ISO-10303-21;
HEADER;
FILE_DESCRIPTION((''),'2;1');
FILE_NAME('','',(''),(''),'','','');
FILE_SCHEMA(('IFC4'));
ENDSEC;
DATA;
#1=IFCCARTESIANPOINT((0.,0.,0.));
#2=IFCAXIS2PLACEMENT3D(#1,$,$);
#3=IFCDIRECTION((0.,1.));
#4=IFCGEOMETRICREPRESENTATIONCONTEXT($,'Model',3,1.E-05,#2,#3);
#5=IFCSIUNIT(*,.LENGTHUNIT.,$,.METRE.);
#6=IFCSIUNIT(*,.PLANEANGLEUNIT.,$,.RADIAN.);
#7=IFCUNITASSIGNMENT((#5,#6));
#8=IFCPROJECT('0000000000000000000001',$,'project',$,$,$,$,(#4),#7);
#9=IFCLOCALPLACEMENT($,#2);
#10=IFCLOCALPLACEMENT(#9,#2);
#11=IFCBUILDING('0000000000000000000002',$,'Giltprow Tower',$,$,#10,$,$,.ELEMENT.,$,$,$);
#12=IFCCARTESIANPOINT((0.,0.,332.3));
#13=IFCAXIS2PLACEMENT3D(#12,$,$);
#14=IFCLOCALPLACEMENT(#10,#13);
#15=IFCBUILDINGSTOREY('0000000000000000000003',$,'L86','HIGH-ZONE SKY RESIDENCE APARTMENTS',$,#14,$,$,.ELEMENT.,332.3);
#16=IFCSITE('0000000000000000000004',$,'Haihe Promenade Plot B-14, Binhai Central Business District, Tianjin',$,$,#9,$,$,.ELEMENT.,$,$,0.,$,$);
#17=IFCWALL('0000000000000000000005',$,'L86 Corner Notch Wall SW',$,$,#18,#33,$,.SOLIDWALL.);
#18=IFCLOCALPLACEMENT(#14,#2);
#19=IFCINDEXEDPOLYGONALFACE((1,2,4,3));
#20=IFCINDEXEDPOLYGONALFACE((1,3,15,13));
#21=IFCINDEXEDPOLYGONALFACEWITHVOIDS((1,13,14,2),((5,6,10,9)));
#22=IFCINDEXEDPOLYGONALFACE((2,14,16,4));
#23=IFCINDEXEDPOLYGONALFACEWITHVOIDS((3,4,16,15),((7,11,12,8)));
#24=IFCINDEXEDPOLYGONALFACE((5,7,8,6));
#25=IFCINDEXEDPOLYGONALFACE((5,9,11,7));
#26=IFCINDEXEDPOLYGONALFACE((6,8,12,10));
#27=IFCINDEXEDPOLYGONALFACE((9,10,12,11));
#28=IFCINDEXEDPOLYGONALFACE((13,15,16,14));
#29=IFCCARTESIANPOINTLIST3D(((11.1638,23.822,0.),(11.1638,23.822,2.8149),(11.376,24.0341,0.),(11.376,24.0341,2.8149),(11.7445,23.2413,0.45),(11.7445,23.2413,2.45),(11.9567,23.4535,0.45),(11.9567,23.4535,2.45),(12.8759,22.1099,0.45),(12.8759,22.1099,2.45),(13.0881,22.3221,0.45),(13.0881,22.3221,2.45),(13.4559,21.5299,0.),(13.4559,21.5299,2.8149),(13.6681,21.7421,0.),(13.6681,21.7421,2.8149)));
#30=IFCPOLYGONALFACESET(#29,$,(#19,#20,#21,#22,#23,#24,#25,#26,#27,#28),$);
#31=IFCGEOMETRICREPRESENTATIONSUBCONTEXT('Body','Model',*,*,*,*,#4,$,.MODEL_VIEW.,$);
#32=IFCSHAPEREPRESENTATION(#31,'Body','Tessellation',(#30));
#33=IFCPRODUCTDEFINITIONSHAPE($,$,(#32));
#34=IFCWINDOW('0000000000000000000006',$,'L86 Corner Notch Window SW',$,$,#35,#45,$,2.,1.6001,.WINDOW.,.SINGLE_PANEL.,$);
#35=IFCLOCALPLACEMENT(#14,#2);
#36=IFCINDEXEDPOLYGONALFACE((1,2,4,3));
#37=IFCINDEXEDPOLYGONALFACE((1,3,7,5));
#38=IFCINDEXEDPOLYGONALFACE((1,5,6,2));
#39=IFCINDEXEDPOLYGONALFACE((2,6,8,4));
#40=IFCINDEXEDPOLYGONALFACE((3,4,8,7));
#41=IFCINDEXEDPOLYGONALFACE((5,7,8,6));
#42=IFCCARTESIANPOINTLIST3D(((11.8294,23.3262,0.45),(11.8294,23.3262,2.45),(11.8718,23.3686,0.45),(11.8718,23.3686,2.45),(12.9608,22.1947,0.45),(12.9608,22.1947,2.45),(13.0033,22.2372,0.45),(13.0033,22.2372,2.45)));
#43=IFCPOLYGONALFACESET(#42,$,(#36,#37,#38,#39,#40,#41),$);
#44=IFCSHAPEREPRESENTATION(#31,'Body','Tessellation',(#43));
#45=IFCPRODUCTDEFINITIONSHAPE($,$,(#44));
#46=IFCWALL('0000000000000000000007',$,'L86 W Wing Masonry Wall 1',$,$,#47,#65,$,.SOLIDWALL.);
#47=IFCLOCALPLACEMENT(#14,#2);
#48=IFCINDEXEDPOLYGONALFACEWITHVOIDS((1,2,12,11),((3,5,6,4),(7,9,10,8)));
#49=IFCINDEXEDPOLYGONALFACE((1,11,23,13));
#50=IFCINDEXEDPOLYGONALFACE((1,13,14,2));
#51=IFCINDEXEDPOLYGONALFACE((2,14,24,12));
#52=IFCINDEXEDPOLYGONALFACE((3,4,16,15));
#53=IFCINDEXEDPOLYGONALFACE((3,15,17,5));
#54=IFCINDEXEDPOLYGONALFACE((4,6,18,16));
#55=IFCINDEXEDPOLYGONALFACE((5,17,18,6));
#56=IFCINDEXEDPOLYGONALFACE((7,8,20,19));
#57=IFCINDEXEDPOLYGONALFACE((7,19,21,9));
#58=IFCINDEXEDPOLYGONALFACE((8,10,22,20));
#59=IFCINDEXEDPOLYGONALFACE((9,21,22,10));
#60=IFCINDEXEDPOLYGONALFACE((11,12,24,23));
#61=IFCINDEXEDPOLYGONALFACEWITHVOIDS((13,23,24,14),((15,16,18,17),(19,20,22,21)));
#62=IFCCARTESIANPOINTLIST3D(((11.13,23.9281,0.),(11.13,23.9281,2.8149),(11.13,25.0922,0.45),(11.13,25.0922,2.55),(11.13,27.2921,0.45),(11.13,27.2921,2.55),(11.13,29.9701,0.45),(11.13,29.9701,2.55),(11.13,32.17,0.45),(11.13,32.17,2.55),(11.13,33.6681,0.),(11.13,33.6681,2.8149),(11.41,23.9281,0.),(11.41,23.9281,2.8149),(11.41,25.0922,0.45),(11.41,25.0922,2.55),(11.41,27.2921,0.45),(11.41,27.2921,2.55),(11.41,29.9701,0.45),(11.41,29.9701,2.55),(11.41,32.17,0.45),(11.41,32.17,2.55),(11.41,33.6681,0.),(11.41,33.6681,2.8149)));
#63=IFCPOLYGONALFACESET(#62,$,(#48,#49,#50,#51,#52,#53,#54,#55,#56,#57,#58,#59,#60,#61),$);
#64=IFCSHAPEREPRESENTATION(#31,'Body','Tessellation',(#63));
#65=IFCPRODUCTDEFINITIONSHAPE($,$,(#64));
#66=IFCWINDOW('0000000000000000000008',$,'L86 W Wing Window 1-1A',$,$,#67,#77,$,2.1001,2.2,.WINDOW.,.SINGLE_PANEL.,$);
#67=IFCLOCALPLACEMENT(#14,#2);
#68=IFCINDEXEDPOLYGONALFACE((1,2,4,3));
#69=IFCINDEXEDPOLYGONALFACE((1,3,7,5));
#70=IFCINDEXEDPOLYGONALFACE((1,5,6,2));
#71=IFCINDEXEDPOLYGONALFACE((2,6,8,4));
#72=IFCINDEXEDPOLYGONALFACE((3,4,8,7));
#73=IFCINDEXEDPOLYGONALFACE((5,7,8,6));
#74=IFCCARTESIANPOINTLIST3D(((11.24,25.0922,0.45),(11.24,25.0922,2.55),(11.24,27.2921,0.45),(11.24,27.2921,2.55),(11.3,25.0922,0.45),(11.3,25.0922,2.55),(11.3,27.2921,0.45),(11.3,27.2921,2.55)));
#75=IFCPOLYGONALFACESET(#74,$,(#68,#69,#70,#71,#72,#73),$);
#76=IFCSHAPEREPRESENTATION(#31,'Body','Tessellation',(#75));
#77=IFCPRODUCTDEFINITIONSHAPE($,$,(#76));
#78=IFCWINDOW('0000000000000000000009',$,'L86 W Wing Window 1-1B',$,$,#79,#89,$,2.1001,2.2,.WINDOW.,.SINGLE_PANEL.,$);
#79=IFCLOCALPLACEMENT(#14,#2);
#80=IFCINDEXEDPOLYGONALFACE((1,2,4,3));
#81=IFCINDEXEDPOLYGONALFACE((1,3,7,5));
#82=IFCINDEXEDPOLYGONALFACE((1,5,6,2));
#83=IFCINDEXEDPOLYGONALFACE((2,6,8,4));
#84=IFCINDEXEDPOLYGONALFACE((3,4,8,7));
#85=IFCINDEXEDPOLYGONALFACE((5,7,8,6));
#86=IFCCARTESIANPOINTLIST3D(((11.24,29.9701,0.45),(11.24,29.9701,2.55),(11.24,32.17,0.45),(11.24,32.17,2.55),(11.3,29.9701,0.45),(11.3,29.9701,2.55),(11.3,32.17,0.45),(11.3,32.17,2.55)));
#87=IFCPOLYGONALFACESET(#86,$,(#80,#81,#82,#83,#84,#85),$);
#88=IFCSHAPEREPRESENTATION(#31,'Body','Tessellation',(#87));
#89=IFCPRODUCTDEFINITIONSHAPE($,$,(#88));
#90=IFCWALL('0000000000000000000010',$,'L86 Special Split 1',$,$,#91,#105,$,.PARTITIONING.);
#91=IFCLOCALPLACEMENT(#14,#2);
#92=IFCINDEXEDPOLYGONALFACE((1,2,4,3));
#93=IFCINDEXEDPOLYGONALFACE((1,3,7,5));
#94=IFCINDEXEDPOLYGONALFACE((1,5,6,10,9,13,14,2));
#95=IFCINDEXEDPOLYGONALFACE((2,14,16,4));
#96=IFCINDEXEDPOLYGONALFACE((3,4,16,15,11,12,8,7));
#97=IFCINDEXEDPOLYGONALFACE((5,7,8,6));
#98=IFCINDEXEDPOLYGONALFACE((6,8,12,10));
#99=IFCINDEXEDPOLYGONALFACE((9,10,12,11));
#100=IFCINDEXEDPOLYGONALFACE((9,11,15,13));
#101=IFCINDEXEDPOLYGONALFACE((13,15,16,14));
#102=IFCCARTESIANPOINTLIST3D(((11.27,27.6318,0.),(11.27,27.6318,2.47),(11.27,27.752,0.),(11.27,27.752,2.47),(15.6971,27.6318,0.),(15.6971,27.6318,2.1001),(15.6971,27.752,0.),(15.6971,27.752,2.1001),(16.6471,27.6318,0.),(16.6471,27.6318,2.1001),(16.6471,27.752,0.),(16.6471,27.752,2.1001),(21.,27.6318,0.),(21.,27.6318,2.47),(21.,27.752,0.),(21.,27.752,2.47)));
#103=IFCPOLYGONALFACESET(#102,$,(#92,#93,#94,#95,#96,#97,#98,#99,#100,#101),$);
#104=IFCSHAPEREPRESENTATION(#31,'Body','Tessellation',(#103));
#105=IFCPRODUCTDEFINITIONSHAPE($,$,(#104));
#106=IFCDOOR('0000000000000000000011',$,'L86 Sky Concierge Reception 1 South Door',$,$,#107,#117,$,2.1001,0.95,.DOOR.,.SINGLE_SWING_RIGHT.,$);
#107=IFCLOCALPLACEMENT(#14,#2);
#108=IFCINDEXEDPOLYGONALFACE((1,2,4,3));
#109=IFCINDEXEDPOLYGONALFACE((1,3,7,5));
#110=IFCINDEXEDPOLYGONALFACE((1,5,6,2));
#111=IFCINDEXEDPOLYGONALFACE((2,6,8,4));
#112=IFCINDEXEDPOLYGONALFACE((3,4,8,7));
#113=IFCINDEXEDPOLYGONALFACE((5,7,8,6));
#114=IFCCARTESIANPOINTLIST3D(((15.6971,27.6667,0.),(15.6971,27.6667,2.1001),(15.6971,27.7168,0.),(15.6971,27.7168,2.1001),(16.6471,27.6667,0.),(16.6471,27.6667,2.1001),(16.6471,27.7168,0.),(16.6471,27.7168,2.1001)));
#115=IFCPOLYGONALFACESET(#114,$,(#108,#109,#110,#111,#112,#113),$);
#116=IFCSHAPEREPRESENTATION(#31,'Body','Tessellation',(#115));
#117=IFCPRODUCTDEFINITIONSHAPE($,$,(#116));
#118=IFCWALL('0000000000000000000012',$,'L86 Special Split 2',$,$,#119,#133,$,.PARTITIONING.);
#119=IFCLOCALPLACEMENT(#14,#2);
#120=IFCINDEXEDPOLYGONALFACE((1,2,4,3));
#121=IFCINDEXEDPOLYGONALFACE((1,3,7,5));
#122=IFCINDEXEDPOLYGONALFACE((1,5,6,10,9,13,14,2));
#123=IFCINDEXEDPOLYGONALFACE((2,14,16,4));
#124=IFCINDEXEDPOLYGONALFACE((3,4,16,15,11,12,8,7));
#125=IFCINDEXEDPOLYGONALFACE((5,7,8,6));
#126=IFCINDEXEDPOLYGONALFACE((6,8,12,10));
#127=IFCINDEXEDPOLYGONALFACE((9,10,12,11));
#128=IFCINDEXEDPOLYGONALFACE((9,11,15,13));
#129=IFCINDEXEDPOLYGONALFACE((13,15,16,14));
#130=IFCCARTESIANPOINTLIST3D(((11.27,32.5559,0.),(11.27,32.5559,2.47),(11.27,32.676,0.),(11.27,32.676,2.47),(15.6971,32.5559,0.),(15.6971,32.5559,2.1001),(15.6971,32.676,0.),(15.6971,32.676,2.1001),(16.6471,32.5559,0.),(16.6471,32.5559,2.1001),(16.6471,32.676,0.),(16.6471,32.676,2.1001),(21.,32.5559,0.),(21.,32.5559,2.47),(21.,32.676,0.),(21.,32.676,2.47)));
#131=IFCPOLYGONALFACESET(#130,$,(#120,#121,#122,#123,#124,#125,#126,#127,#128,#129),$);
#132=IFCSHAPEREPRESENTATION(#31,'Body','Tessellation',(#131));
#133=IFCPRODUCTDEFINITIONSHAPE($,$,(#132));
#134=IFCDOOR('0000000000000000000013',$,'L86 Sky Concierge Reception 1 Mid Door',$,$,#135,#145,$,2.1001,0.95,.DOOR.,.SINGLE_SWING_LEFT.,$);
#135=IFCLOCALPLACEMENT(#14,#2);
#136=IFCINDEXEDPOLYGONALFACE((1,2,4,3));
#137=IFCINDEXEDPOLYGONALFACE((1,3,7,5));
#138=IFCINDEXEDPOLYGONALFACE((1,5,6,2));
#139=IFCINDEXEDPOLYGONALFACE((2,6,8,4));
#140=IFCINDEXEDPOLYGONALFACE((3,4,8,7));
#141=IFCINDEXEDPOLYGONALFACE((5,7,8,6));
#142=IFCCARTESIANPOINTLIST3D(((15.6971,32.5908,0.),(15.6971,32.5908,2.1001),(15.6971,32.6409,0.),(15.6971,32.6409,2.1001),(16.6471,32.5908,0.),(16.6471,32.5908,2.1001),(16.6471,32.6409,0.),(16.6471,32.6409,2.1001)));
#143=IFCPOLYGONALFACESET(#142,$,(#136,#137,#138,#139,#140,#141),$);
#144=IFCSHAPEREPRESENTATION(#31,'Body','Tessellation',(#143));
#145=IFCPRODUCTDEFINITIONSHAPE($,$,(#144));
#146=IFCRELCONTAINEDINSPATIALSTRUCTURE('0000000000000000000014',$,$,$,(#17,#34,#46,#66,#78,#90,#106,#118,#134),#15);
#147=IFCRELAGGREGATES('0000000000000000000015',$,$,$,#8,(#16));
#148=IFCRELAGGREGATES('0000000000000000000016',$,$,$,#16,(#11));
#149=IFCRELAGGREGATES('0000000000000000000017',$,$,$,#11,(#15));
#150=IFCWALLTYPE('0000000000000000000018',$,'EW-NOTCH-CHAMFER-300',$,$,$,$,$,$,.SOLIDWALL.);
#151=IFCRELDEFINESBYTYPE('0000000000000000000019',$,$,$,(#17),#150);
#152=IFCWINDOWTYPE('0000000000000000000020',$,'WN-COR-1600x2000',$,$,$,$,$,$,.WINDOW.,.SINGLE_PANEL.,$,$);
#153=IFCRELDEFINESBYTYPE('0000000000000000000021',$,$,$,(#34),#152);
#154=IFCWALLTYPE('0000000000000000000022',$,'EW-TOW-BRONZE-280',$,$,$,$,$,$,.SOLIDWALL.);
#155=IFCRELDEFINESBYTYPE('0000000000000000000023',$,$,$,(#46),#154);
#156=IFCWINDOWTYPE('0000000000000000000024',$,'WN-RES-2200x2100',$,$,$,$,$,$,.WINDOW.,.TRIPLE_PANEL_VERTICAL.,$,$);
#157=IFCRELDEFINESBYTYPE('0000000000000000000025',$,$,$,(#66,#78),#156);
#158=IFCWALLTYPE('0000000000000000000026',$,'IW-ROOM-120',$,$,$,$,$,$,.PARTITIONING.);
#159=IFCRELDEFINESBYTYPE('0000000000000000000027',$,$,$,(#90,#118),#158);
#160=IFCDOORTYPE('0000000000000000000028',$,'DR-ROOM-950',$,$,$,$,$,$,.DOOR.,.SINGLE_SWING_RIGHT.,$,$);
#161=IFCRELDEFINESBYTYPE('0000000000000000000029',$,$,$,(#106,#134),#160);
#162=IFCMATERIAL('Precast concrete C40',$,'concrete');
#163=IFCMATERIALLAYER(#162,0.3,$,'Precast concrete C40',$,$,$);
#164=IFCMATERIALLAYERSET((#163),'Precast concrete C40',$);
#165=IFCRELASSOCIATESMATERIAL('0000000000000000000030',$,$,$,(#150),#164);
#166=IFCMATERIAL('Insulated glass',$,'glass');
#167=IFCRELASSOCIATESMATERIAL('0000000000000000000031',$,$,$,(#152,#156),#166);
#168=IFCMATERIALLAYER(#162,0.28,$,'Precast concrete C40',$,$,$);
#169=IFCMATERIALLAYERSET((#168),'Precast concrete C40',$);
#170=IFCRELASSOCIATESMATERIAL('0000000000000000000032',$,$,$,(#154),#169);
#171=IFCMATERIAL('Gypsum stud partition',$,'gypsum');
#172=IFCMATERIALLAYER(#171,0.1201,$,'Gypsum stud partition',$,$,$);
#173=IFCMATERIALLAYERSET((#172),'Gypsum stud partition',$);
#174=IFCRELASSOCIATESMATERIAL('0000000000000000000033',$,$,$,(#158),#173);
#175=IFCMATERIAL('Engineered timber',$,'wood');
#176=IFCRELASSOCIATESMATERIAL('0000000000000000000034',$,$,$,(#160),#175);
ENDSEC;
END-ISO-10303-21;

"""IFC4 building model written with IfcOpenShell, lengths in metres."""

from ifc_helpers import new_model, si_unit, direction, frame, frame_2d, origin, place, context, subcontext, project, spatial, rectangle, extrude, source, transform, mapped, material, layer, layer_set, type_object, element, fill, save


model = new_model("IFC4")

# Units and contexts
model_context = context("Model", 3, precision=1e-05, world=origin(), true_north=direction((0.0, 1.0)))
body_context = subcontext(model_context, "Body", "Model", "MODEL_VIEW")
ifc_project = project(units=[si_unit("LENGTHUNIT", "METRE"), si_unit("PLANEANGLEUNIT", "RADIAN")], contexts=[model_context])

# Site, building, storey
site_placement = place(None, origin())
site = spatial("IfcSite", under=ifc_project, at=site_placement, Name="Haihe Promenade Plot B-14, Binhai Central Business District, Tianjin", CompositionType="ELEMENT", RefElevation=0.0)
building_placement = place(site_placement, origin())
building = spatial("IfcBuilding", under=site, at=building_placement, Name="Giltprow Tower", CompositionType="ELEMENT")
storey_placement = place(building_placement, frame((0.0, 0.0, 332.3)))
storey = spatial("IfcBuildingStorey", under=building, at=storey_placement, Name="L86", Description="HIGH-ZONE SKY RESIDENCE APARTMENTS", CompositionType="ELEMENT", Elevation=332.3)

# Wall, opening, window
ifc_material_1 = material(Name="Precast concrete C40", Category="concrete")
ifc_layer_1 = layer(ifc_material_1, 0.3, Name="Precast concrete C40")
ifc_layer_set_1 = layer_set([ifc_layer_1], Name="Precast concrete C40")
wall_type_1 = type_object("IfcWallType", Name="EW-NOTCH-CHAMFER-300", PredefinedType="SOLIDWALL", material=ifc_layer_set_1)
wall_1_placement = place(storey_placement, frame((11.27, 23.928, 0.0), z_axis=(0.0, 0.0, 1.0), x_axis=(0.707107, -0.707107, 0.0)))
wall_1 = element("IfcWall", 1, at=wall_1_placement, inside=storey, type_object=wall_type_1, Name="L86 Corner Notch Wall SW", PredefinedType="SOLIDWALL", context=body_context, shape_type="SweptSolid", body=[
    extrude(rectangle(XDim=3.2415, YDim=0.3, at=frame_2d((1.6206, 0.0))), origin(), (0.0, 0.0, 1.0), 2.8149),
])
opening_1_placement = place(wall_1_placement, frame((0.821, 0.0, 0.45)))
opening_1 = element("IfcOpeningElement", 2, at=opening_1_placement, cuts=wall_1, PredefinedType="OPENING", context=body_context, shape_type="SweptSolid", body=[
    extrude(rectangle(XDim=1.6001, YDim=2.0, at=frame_2d((0.8, 1.0))), frame((0.0, 0.1599, 0.0), z_axis=(0.0, -1.0, 0.0), x_axis=(1.0, 0.0, 0.0)), (0.0, 0.0, 1.0), 0.3201),
])
ifc_material_2 = material(Name="Insulated glass", Category="glass")
window_type_1 = type_object("IfcWindowType", Name="WN-COR-1600x2000", PartitioningType="SINGLE_PANEL", PredefinedType="WINDOW", material=ifc_material_2)
shared_shape_1 = source(origin(), body_context, "Body", "SweptSolid", [
    extrude(rectangle(XDim=1.6001, YDim=2.0, at=frame_2d((0.8, 1.0))), frame((0.0, 0.03, 0.0), z_axis=(0.0, -1.0, 0.0), x_axis=(1.0, 0.0, 0.0)), (0.0, 0.0, 1.0), 0.0601),
])
window_1_placement = place(opening_1_placement, origin())
window_1 = element("IfcWindow", 3, at=window_1_placement, inside=storey, type_object=window_type_1, Name="L86 Corner Notch Window SW", OverallHeight=2.0, OverallWidth=1.6001, PartitioningType="SINGLE_PANEL", PredefinedType="WINDOW", context=body_context, shape_type="MappedRepresentation", body=[
    mapped(shared_shape_1, transform((0.0, 0.0, 0.0), x_axis=(1.0, 0.0, 0.0), y_axis=(0.0, 1.0, 0.0), z_axis=(0.0, 0.0, 1.0), scale=1.0)),
])
fill(opening_1, window_1)

# Wall, openings, windows
ifc_layer_2 = layer(ifc_material_1, 0.28, Name="Precast concrete C40")
ifc_layer_set_2 = layer_set([ifc_layer_2], Name="Precast concrete C40")
wall_type_2 = type_object("IfcWallType", Name="EW-TOW-BRONZE-280", PredefinedType="SOLIDWALL", material=ifc_layer_set_2)
wall_2_placement = place(storey_placement, frame((11.27, 23.928, 0.0), z_axis=(0.0, 0.0, 1.0), x_axis=(0.0, 1.0, 0.0)))
wall_2 = element("IfcWall", 4, at=wall_2_placement, inside=storey, type_object=wall_type_2, Name="L86 W Wing Masonry Wall 1", PredefinedType="SOLIDWALL", context=body_context, shape_type="SweptSolid", body=[
    extrude(rectangle(XDim=9.74, YDim=0.28, at=frame_2d((4.8701, 0.0))), origin(), (0.0, 0.0, 1.0), 2.8149),
])
opening_2_placement = place(wall_2_placement, frame((1.1641, 0.0, 0.45)))
opening_2 = element("IfcOpeningElement", 5, at=opening_2_placement, cuts=wall_2, PredefinedType="OPENING", context=body_context, shape_type="SweptSolid", body=[
    extrude(rectangle(XDim=2.2, YDim=2.1001, at=frame_2d((1.1001, 1.05))), frame((0.0, 0.1499, 0.0), z_axis=(0.0, -1.0, 0.0), x_axis=(1.0, 0.0, 0.0)), (0.0, 0.0, 1.0), 0.3),
])
opening_3_placement = place(wall_2_placement, frame((6.042, 0.0, 0.45)))
opening_3 = element("IfcOpeningElement", 6, at=opening_3_placement, cuts=wall_2, PredefinedType="OPENING", context=body_context, shape_type="SweptSolid", body=[
    extrude(rectangle(XDim=2.2, YDim=2.1001, at=frame_2d((1.1001, 1.05))), frame((0.0, 0.1499, 0.0), z_axis=(0.0, -1.0, 0.0), x_axis=(1.0, 0.0, 0.0)), (0.0, 0.0, 1.0), 0.3),
])
window_type_2 = type_object("IfcWindowType", Name="WN-RES-2200x2100", PartitioningType="TRIPLE_PANEL_VERTICAL", PredefinedType="WINDOW", material=ifc_material_2)
shared_shape_2 = source(origin(), body_context, "Body", "SweptSolid", [
    extrude(rectangle(XDim=2.2, YDim=2.1001, at=frame_2d((1.1001, 1.05))), frame((0.0, 0.03, 0.0), z_axis=(0.0, -1.0, 0.0), x_axis=(1.0, 0.0, 0.0)), (0.0, 0.0, 1.0), 0.0601),
])
window_2_placement = place(opening_2_placement, origin())
window_2 = element("IfcWindow", 7, at=window_2_placement, inside=storey, type_object=window_type_2, Name="L86 W Wing Window 1-1A", OverallHeight=2.1001, OverallWidth=2.2, PartitioningType="SINGLE_PANEL", PredefinedType="WINDOW", context=body_context, shape_type="MappedRepresentation", body=[
    mapped(shared_shape_2, transform((0.0, 0.0, 0.0), x_axis=(1.0, 0.0, 0.0), y_axis=(0.0, 1.0, 0.0), z_axis=(0.0, 0.0, 1.0), scale=1.0)),
])
fill(opening_2, window_2)
window_3_placement = place(opening_3_placement, origin())
window_3 = element("IfcWindow", 8, at=window_3_placement, inside=storey, type_object=window_type_2, Name="L86 W Wing Window 1-1B", OverallHeight=2.1001, OverallWidth=2.2, PartitioningType="SINGLE_PANEL", PredefinedType="WINDOW", context=body_context, shape_type="MappedRepresentation", body=[
    mapped(shared_shape_2, transform((0.0, 0.0, 0.0), x_axis=(1.0, 0.0, 0.0), y_axis=(0.0, 1.0, 0.0), z_axis=(0.0, 0.0, 1.0), scale=1.0)),
])
fill(opening_3, window_3)

# Walls, openings, doors
ifc_material_3 = material(Name="Gypsum stud partition", Category="gypsum")
ifc_layer_3 = layer(ifc_material_3, 0.1201, Name="Gypsum stud partition")
ifc_layer_set_3 = layer_set([ifc_layer_3], Name="Gypsum stud partition")
wall_type_3 = type_object("IfcWallType", Name="IW-ROOM-120", PredefinedType="PARTITIONING", material=ifc_layer_set_3)
wall_3_placement = place(storey_placement, frame((11.27, 27.6919, 0.0), z_axis=(0.0, 0.0, 1.0), x_axis=(1.0, 0.0, 0.0)))
wall_3 = element("IfcWall", 9, at=wall_3_placement, inside=storey, type_object=wall_type_3, Name="L86 Special Split 1", PredefinedType="PARTITIONING", context=body_context, shape_type="SweptSolid", body=[
    extrude(rectangle(XDim=9.73, YDim=0.1201, at=frame_2d((4.865, 0.0))), origin(), (0.0, 0.0, 1.0), 2.47),
])
opening_4_placement = place(wall_3_placement, frame((4.427, 0.0, 0.0)))
opening_4 = element("IfcOpeningElement", 10, at=opening_4_placement, cuts=wall_3, PredefinedType="OPENING", context=body_context, shape_type="SweptSolid", body=[
    extrude(rectangle(XDim=0.95, YDim=2.1001, at=frame_2d((0.4751, 1.05))), frame((0.0, 0.0701, 0.0), z_axis=(0.0, -1.0, 0.0), x_axis=(1.0, 0.0, 0.0)), (0.0, 0.0, 1.0), 0.1401),
])
ifc_material_4 = material(Name="Engineered timber", Category="wood")
door_type = type_object("IfcDoorType", Name="DR-ROOM-950", OperationType="SINGLE_SWING_RIGHT", PredefinedType="DOOR", material=ifc_material_4)
shared_shape_3 = source(origin(), body_context, "Body", "SweptSolid", [
    extrude(rectangle(XDim=0.95, YDim=2.1001, at=frame_2d((0.4751, 1.05))), frame((0.0, 0.0249, 0.0), z_axis=(0.0, -1.0, 0.0), x_axis=(1.0, 0.0, 0.0)), (0.0, 0.0, 1.0), 0.05),
])
door_1_placement = place(opening_4_placement, origin())
door_1 = element("IfcDoor", 11, at=door_1_placement, inside=storey, type_object=door_type, Name="L86 Sky Concierge Reception 1 South Door", OperationType="SINGLE_SWING_RIGHT", OverallHeight=2.1001, OverallWidth=0.95, PredefinedType="DOOR", context=body_context, shape_type="MappedRepresentation", body=[
    mapped(shared_shape_3, transform((0.0, 0.0, 0.0), x_axis=(1.0, 0.0, 0.0), y_axis=(0.0, 1.0, 0.0), z_axis=(0.0, 0.0, 1.0), scale=1.0)),
])
fill(opening_4, door_1)
wall_4_placement = place(storey_placement, frame((11.27, 32.616, 0.0), z_axis=(0.0, 0.0, 1.0), x_axis=(1.0, 0.0, 0.0)))
wall_4 = element("IfcWall", 12, at=wall_4_placement, inside=storey, type_object=wall_type_3, Name="L86 Special Split 2", PredefinedType="PARTITIONING", context=body_context, shape_type="SweptSolid", body=[
    extrude(rectangle(XDim=9.73, YDim=0.1201, at=frame_2d((4.865, 0.0))), origin(), (0.0, 0.0, 1.0), 2.47),
])
opening_5_placement = place(wall_4_placement, frame((4.427, 0.0, 0.0)))
opening_5 = element("IfcOpeningElement", 13, at=opening_5_placement, cuts=wall_4, PredefinedType="OPENING", context=body_context, shape_type="SweptSolid", body=[
    extrude(rectangle(XDim=0.95, YDim=2.1001, at=frame_2d((0.4751, 1.05))), frame((0.0, 0.0701, 0.0), z_axis=(0.0, -1.0, 0.0), x_axis=(1.0, 0.0, 0.0)), (0.0, 0.0, 1.0), 0.1401),
])
door_2_placement = place(opening_5_placement, origin())
door_2 = element("IfcDoor", 14, at=door_2_placement, inside=storey, type_object=door_type, Name="L86 Sky Concierge Reception 1 Mid Door", OperationType="SINGLE_SWING_LEFT", OverallHeight=2.1001, OverallWidth=0.95, PredefinedType="DOOR", context=body_context, shape_type="MappedRepresentation", body=[
    mapped(shared_shape_3, transform((0.0, 0.0, 0.0), x_axis=(1.0, 0.0, 0.0), y_axis=(0.0, 1.0, 0.0), z_axis=(0.0, 0.0, 1.0), scale=1.0)),
])
fill(opening_5, door_2)

save(model, "model.ifc")
